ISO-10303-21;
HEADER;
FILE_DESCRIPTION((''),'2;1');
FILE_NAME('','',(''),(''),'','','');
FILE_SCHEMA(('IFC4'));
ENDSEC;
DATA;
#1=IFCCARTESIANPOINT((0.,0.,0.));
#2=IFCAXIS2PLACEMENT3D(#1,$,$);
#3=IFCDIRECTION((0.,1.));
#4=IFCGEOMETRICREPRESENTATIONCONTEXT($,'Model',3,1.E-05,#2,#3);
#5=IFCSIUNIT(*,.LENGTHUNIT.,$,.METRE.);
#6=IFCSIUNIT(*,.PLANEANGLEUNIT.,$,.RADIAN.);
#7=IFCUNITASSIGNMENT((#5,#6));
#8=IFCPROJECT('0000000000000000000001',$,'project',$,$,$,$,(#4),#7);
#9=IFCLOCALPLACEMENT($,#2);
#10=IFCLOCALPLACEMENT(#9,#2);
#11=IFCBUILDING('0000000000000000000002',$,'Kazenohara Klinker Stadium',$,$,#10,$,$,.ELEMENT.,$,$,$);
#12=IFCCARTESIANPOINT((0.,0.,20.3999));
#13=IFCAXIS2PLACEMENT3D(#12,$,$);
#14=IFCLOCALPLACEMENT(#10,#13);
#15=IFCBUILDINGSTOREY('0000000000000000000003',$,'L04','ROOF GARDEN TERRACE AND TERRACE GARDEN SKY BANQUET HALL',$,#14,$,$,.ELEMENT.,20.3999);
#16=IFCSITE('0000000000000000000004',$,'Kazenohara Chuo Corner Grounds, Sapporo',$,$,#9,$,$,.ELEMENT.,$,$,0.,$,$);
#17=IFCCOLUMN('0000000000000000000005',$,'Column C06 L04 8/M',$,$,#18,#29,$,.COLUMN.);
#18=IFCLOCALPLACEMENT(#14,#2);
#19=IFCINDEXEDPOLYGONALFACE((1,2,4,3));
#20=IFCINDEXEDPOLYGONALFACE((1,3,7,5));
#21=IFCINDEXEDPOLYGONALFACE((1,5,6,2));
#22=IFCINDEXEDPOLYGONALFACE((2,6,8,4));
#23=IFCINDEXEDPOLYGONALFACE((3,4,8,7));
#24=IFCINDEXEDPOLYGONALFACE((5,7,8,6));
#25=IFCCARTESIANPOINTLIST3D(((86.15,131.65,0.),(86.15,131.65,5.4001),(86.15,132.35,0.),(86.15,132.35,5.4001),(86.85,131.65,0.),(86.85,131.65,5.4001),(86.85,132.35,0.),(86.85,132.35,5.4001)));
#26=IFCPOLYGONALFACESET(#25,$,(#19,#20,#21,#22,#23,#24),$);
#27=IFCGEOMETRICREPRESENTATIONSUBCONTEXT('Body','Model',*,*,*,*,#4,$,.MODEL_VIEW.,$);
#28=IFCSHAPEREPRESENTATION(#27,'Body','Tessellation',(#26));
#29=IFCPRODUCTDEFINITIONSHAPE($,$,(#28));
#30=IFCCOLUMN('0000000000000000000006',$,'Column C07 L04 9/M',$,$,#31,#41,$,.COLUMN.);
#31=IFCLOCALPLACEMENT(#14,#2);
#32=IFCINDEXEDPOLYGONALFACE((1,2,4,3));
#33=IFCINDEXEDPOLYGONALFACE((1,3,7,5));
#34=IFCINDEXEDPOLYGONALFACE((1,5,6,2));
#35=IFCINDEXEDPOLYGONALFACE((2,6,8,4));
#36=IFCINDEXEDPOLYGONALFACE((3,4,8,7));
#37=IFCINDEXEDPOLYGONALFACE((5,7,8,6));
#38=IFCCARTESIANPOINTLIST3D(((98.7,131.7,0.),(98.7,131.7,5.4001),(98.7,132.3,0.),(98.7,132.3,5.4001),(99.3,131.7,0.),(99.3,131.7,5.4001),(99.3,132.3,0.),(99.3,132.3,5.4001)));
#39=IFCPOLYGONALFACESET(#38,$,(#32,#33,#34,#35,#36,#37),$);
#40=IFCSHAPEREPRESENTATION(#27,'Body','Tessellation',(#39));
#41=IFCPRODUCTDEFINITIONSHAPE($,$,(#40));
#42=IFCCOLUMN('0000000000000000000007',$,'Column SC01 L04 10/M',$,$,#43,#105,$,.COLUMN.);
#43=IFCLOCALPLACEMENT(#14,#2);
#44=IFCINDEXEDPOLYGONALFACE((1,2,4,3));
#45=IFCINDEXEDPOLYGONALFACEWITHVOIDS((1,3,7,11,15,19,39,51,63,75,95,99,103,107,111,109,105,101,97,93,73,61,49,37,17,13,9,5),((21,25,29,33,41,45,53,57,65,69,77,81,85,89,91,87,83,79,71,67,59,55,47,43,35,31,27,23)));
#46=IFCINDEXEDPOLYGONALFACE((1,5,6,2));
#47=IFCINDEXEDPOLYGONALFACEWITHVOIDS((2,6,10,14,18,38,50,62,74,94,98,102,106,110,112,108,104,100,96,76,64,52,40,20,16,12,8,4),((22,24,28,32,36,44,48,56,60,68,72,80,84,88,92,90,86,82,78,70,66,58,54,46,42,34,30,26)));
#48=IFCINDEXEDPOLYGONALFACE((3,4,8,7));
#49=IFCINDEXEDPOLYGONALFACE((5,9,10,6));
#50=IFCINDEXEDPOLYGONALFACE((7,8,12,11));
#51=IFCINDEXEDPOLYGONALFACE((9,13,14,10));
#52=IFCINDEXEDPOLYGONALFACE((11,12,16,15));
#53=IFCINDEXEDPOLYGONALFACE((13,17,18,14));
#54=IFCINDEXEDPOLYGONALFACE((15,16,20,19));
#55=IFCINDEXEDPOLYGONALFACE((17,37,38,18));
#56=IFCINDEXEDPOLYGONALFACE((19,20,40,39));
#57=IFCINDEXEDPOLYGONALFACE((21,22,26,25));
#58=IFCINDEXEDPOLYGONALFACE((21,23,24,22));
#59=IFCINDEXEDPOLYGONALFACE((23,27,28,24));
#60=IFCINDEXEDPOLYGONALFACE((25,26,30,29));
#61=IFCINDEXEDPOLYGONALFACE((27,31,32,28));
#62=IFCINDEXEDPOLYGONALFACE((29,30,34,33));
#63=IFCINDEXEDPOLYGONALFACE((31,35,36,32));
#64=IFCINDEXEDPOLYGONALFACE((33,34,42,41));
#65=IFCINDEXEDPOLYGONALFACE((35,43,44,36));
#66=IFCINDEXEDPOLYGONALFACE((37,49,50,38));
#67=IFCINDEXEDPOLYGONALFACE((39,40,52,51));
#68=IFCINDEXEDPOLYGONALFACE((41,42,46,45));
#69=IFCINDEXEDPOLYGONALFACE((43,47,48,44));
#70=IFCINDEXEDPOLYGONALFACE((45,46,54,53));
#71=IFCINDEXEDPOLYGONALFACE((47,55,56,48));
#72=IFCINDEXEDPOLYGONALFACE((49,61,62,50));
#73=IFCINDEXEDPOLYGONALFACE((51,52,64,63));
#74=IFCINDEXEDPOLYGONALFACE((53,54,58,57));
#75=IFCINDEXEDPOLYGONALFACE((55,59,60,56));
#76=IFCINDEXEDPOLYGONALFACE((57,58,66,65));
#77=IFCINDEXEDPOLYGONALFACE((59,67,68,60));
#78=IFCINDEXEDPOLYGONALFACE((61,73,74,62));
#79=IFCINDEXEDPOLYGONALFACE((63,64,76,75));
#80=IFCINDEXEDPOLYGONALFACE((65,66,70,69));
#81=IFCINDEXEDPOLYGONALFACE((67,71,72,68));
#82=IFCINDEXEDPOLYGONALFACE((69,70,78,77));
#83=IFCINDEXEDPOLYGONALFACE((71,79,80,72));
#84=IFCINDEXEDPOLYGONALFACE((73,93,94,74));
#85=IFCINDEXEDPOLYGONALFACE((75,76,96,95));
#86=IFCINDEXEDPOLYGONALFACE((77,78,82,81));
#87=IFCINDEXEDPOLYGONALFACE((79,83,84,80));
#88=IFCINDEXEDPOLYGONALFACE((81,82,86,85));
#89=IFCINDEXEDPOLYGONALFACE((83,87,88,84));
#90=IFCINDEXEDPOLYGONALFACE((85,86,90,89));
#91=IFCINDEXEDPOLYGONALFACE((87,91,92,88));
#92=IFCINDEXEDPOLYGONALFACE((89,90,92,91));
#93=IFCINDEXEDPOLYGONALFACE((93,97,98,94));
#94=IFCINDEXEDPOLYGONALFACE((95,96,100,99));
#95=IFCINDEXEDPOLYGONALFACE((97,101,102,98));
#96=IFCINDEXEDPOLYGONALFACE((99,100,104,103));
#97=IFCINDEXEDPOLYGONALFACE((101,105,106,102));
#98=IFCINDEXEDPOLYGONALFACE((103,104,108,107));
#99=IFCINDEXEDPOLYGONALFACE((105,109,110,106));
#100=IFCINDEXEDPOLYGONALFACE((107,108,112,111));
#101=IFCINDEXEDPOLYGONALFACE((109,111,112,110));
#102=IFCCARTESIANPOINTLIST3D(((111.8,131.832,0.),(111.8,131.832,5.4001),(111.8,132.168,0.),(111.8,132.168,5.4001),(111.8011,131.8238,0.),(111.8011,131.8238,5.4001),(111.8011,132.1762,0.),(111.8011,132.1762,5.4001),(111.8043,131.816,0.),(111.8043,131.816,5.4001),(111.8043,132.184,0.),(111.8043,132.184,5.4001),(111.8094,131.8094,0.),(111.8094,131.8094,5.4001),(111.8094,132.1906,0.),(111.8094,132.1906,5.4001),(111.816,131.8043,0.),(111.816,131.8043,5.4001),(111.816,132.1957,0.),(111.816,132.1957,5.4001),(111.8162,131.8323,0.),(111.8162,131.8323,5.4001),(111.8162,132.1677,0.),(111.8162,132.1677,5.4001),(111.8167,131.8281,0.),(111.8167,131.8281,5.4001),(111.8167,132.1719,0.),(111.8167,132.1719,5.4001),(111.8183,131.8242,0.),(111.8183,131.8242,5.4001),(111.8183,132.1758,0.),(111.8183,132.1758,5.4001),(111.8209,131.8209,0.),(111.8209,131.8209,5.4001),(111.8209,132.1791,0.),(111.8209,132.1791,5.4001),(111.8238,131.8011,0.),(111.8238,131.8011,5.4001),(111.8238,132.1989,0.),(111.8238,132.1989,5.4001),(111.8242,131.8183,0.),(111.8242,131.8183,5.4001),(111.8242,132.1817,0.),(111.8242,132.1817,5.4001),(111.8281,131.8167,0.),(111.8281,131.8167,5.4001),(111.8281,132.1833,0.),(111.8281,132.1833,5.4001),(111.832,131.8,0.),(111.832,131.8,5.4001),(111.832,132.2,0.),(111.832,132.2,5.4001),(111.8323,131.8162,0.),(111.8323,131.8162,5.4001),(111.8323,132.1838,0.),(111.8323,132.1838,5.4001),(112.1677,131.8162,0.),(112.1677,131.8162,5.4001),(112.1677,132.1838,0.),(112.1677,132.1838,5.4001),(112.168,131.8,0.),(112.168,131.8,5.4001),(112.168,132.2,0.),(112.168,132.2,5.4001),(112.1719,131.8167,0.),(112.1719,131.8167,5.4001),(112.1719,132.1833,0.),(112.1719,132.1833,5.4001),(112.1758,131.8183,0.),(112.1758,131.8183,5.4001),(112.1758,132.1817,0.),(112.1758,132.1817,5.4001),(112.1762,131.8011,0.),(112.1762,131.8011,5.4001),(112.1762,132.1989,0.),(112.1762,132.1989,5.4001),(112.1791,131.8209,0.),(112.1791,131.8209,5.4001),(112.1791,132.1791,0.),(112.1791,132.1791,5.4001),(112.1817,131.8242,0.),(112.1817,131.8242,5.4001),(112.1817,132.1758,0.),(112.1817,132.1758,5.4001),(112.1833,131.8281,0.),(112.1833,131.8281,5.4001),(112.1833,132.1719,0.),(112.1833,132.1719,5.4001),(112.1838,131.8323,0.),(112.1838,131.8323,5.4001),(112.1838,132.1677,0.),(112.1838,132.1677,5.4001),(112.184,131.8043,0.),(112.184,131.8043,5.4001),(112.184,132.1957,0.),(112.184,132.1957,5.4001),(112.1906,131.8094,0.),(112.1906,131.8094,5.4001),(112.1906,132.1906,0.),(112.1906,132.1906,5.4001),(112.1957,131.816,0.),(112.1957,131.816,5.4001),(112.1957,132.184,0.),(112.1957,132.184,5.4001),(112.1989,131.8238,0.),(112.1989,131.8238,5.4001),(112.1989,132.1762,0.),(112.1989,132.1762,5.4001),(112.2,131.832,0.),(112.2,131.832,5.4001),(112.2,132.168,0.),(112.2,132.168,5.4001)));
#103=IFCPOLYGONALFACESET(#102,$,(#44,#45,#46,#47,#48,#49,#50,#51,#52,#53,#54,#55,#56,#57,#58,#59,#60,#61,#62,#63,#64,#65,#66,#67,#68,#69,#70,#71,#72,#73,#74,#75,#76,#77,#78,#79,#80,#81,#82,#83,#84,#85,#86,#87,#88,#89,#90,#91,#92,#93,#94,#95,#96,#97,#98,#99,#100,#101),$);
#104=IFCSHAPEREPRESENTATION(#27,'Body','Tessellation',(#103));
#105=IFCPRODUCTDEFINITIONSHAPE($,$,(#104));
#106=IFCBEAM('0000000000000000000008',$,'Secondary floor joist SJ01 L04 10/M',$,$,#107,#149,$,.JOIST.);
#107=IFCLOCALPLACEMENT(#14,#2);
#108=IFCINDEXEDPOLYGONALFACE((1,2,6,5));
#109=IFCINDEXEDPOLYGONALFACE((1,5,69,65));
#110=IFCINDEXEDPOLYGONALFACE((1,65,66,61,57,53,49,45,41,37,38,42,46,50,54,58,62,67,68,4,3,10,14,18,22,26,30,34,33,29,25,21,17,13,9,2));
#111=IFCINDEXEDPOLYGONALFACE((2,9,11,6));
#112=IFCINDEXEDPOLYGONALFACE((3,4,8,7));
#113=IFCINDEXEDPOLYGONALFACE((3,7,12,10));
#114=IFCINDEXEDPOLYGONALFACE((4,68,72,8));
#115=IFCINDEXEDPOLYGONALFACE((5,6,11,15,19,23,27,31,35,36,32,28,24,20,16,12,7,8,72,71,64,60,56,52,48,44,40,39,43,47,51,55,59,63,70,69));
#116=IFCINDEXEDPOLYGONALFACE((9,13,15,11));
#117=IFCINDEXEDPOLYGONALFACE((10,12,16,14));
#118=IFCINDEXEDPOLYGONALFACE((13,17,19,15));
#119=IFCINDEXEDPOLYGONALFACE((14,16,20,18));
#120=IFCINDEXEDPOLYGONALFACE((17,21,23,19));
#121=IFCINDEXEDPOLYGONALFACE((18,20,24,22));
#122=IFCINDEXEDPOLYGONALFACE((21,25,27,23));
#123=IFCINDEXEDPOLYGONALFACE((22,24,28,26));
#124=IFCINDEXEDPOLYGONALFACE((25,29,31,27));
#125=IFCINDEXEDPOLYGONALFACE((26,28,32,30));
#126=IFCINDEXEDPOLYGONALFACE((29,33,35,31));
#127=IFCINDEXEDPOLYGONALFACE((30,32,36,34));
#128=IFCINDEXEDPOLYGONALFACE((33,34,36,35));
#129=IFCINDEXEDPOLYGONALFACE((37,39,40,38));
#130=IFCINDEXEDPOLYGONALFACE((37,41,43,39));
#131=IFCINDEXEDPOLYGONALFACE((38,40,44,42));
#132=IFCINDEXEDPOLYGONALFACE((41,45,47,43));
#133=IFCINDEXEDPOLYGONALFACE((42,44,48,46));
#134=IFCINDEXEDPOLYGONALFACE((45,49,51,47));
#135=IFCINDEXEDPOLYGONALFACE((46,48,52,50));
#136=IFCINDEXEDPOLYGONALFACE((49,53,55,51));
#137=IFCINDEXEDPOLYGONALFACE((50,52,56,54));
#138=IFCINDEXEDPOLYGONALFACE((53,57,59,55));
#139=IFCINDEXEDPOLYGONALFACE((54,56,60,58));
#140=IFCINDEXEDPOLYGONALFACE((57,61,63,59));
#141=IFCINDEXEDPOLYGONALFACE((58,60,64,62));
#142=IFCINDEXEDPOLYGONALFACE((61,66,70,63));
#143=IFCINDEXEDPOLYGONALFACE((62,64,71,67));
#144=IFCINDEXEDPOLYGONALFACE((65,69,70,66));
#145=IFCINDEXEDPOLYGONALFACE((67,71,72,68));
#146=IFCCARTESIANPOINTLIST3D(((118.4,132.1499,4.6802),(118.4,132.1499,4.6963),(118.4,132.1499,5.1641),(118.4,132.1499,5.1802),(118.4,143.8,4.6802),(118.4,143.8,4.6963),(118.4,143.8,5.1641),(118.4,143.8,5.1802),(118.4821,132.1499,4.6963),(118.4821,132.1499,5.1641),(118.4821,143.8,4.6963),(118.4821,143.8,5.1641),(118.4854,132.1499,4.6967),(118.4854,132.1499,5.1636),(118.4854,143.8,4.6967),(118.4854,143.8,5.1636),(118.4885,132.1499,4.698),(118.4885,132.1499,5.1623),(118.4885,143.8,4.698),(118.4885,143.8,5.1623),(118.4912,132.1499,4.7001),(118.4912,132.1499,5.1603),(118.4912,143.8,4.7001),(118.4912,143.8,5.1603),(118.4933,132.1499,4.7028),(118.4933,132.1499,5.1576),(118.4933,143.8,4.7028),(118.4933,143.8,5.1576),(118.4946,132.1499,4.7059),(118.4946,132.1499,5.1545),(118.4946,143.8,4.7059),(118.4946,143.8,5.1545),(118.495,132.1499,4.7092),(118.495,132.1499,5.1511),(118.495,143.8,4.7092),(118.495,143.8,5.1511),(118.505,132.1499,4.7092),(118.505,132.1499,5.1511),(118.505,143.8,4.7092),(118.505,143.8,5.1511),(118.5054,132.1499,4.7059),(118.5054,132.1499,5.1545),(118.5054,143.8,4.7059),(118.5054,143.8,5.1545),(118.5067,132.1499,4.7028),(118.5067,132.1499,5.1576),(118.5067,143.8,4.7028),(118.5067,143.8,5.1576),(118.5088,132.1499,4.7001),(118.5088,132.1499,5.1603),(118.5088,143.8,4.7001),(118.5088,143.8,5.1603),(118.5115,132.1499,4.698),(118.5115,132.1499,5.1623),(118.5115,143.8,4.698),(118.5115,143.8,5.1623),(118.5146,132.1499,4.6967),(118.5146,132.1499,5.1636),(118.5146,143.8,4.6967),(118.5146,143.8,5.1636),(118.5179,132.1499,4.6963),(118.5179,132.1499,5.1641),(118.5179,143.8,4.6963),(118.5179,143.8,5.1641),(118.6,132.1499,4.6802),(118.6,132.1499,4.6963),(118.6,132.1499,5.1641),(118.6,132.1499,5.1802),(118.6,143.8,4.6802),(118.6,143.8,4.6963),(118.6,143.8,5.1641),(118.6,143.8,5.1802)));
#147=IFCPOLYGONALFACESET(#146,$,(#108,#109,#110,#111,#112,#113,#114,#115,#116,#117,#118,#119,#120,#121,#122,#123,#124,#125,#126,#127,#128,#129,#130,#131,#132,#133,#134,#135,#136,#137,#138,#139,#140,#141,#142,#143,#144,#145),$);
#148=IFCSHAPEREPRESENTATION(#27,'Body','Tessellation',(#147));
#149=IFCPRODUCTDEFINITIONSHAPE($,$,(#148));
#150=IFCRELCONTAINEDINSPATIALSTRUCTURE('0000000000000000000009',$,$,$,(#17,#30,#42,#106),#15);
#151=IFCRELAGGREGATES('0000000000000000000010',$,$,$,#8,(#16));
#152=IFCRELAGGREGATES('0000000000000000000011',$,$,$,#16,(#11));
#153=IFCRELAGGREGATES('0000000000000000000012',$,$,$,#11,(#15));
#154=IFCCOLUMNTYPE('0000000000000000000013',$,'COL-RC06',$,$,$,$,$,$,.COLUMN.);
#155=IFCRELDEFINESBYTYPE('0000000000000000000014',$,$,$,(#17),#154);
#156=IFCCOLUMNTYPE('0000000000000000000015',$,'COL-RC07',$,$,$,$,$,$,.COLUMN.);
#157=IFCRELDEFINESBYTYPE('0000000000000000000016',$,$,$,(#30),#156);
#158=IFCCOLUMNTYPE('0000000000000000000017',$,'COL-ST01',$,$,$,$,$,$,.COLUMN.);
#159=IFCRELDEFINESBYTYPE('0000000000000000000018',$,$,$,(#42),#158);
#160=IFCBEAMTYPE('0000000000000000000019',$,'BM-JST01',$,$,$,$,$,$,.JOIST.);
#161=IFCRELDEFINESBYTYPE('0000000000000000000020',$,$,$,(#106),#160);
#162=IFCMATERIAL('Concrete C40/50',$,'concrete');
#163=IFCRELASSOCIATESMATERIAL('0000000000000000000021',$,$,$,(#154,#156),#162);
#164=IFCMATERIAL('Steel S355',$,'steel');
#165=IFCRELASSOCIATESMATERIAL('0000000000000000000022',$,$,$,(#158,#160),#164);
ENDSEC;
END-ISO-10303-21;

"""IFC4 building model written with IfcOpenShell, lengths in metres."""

from ifc_helpers import new_model, si_unit, direction, frame, origin, origin_2d, place, context, subcontext, project, spatial, rectangle, hollow_rectangle, i_section, extrude, material, material_profile, profile_set, type_object, element, save


model = new_model("IFC4")

# Units and contexts
model_context = context("Model", 3, precision=1e-05, world=origin(), true_north=direction((0.0, 1.0)))
body_context = subcontext(model_context, "Body", "Model", "MODEL_VIEW")
ifc_project = project(units=[si_unit("LENGTHUNIT", "METRE"), si_unit("PLANEANGLEUNIT", "RADIAN")], contexts=[model_context])

# Site, building, storey
site_placement = place(None, origin())
site = spatial("IfcSite", under=ifc_project, at=site_placement, Name="Kazenohara Chuo Corner Grounds, Sapporo", CompositionType="ELEMENT", RefElevation=0.0)
building_placement = place(site_placement, origin())
building = spatial("IfcBuilding", under=site, at=building_placement, Name="Kazenohara Klinker Stadium", CompositionType="ELEMENT")
storey_placement = place(building_placement, frame((0.0, 0.0, 20.3999)))
storey = spatial("IfcBuildingStorey", under=building, at=storey_placement, Name="L04", Description="ROOF GARDEN TERRACE AND TERRACE GARDEN SKY BANQUET HALL", CompositionType="ELEMENT", Elevation=20.3999)

# Columns
ifc_material_1 = material(Name="Concrete C40/50", Category="concrete")
ifc_material_profile_1 = material_profile(ifc_material_1, rectangle(XDim=0.7, YDim=0.7, at=origin_2d()), Name="RC-COL-700x700")
ifc_profile_set_1 = profile_set([ifc_material_profile_1], Name="Concrete C40/50")
column_type_1 = type_object("IfcColumnType", Name="COL-RC06", PredefinedType="COLUMN", material=ifc_profile_set_1)
column_1_placement = place(storey_placement, frame((86.5, 132.0, 0.0), z_axis=(0.0, 0.0, 1.0), x_axis=(1.0, 0.0, 0.0)))
element("IfcColumn", 1, at=column_1_placement, inside=storey, type_object=column_type_1, Name="Column C06 L04 8/M", PredefinedType="COLUMN", context=body_context, shape_type="SweptSolid", body=[
    extrude(rectangle(XDim=0.7, YDim=0.7, at=origin_2d()), origin(), (0.0, 0.0, 1.0), 5.4001),
])
ifc_material_profile_2 = material_profile(ifc_material_1, rectangle(XDim=0.6001, YDim=0.6001, at=origin_2d()), Name="RC-COL-600x600")
ifc_profile_set_2 = profile_set([ifc_material_profile_2], Name="Concrete C40/50")
column_type_2 = type_object("IfcColumnType", Name="COL-RC07", PredefinedType="COLUMN", material=ifc_profile_set_2)
column_2_placement = place(storey_placement, frame((99.0, 132.0, 0.0), z_axis=(0.0, 0.0, 1.0), x_axis=(1.0, 0.0, 0.0)))
element("IfcColumn", 2, at=column_2_placement, inside=storey, type_object=column_type_2, Name="Column C07 L04 9/M", PredefinedType="COLUMN", context=body_context, shape_type="SweptSolid", body=[
    extrude(rectangle(XDim=0.6001, YDim=0.6001, at=origin_2d()), origin(), (0.0, 0.0, 1.0), 5.4001),
])
ifc_material_2 = material(Name="Steel S355", Category="steel")
ifc_material_profile_3 = material_profile(ifc_material_2, hollow_rectangle(XDim=0.3999, YDim=0.3999, WallThickness=0.0161, InnerFilletRadius=0.0161, OuterFilletRadius=0.032, at=origin_2d()), Name="SHS-400x400x16")
ifc_profile_set_3 = profile_set([ifc_material_profile_3], Name="Steel S355")
column_type_3 = type_object("IfcColumnType", Name="COL-ST01", PredefinedType="COLUMN", material=ifc_profile_set_3)
column_3_placement = place(storey_placement, frame((112.0, 132.0, 0.0), z_axis=(0.0, 0.0, 1.0), x_axis=(1.0, 0.0, 0.0)))
element("IfcColumn", 3, at=column_3_placement, inside=storey, type_object=column_type_3, Name="Column SC01 L04 10/M", PredefinedType="COLUMN", context=body_context, shape_type="SweptSolid", body=[
    extrude(hollow_rectangle(XDim=0.3999, YDim=0.3999, WallThickness=0.0161, InnerFilletRadius=0.0161, OuterFilletRadius=0.032, at=origin_2d()), origin(), (0.0, 0.0, 1.0), 5.4001),
])

# Beam
ifc_material_profile_4 = material_profile(ifc_material_2, i_section(OverallWidth=0.2, OverallDepth=0.5, WebThickness=0.01, FlangeThickness=0.0161, FilletRadius=0.0129, at=origin_2d()), Name="H-500x200x10x16")
ifc_profile_set_4 = profile_set([ifc_material_profile_4], Name="Steel S355")
beam_type_1 = type_object("IfcBeamType", Name="BM-JST01", PredefinedType="JOIST", material=ifc_profile_set_4)
beam_1_placement = place(storey_placement, frame((118.5, 132.1499, 4.9302), z_axis=(0.0, 1.0, 0.0), x_axis=(-1.0, 0.0, 0.0)))
element("IfcBeam", 4, at=beam_1_placement, inside=storey, type_object=beam_type_1, Name="Secondary floor joist SJ01 L04 10/M", PredefinedType="JOIST", context=body_context, shape_type="SweptSolid", body=[
    extrude(i_section(OverallWidth=0.2, OverallDepth=0.5, WebThickness=0.01, FlangeThickness=0.0161, FilletRadius=0.0129, at=origin_2d()), origin(), (0.0, 0.0, 1.0), 11.6501),
])

save(model, "model.ifc")
